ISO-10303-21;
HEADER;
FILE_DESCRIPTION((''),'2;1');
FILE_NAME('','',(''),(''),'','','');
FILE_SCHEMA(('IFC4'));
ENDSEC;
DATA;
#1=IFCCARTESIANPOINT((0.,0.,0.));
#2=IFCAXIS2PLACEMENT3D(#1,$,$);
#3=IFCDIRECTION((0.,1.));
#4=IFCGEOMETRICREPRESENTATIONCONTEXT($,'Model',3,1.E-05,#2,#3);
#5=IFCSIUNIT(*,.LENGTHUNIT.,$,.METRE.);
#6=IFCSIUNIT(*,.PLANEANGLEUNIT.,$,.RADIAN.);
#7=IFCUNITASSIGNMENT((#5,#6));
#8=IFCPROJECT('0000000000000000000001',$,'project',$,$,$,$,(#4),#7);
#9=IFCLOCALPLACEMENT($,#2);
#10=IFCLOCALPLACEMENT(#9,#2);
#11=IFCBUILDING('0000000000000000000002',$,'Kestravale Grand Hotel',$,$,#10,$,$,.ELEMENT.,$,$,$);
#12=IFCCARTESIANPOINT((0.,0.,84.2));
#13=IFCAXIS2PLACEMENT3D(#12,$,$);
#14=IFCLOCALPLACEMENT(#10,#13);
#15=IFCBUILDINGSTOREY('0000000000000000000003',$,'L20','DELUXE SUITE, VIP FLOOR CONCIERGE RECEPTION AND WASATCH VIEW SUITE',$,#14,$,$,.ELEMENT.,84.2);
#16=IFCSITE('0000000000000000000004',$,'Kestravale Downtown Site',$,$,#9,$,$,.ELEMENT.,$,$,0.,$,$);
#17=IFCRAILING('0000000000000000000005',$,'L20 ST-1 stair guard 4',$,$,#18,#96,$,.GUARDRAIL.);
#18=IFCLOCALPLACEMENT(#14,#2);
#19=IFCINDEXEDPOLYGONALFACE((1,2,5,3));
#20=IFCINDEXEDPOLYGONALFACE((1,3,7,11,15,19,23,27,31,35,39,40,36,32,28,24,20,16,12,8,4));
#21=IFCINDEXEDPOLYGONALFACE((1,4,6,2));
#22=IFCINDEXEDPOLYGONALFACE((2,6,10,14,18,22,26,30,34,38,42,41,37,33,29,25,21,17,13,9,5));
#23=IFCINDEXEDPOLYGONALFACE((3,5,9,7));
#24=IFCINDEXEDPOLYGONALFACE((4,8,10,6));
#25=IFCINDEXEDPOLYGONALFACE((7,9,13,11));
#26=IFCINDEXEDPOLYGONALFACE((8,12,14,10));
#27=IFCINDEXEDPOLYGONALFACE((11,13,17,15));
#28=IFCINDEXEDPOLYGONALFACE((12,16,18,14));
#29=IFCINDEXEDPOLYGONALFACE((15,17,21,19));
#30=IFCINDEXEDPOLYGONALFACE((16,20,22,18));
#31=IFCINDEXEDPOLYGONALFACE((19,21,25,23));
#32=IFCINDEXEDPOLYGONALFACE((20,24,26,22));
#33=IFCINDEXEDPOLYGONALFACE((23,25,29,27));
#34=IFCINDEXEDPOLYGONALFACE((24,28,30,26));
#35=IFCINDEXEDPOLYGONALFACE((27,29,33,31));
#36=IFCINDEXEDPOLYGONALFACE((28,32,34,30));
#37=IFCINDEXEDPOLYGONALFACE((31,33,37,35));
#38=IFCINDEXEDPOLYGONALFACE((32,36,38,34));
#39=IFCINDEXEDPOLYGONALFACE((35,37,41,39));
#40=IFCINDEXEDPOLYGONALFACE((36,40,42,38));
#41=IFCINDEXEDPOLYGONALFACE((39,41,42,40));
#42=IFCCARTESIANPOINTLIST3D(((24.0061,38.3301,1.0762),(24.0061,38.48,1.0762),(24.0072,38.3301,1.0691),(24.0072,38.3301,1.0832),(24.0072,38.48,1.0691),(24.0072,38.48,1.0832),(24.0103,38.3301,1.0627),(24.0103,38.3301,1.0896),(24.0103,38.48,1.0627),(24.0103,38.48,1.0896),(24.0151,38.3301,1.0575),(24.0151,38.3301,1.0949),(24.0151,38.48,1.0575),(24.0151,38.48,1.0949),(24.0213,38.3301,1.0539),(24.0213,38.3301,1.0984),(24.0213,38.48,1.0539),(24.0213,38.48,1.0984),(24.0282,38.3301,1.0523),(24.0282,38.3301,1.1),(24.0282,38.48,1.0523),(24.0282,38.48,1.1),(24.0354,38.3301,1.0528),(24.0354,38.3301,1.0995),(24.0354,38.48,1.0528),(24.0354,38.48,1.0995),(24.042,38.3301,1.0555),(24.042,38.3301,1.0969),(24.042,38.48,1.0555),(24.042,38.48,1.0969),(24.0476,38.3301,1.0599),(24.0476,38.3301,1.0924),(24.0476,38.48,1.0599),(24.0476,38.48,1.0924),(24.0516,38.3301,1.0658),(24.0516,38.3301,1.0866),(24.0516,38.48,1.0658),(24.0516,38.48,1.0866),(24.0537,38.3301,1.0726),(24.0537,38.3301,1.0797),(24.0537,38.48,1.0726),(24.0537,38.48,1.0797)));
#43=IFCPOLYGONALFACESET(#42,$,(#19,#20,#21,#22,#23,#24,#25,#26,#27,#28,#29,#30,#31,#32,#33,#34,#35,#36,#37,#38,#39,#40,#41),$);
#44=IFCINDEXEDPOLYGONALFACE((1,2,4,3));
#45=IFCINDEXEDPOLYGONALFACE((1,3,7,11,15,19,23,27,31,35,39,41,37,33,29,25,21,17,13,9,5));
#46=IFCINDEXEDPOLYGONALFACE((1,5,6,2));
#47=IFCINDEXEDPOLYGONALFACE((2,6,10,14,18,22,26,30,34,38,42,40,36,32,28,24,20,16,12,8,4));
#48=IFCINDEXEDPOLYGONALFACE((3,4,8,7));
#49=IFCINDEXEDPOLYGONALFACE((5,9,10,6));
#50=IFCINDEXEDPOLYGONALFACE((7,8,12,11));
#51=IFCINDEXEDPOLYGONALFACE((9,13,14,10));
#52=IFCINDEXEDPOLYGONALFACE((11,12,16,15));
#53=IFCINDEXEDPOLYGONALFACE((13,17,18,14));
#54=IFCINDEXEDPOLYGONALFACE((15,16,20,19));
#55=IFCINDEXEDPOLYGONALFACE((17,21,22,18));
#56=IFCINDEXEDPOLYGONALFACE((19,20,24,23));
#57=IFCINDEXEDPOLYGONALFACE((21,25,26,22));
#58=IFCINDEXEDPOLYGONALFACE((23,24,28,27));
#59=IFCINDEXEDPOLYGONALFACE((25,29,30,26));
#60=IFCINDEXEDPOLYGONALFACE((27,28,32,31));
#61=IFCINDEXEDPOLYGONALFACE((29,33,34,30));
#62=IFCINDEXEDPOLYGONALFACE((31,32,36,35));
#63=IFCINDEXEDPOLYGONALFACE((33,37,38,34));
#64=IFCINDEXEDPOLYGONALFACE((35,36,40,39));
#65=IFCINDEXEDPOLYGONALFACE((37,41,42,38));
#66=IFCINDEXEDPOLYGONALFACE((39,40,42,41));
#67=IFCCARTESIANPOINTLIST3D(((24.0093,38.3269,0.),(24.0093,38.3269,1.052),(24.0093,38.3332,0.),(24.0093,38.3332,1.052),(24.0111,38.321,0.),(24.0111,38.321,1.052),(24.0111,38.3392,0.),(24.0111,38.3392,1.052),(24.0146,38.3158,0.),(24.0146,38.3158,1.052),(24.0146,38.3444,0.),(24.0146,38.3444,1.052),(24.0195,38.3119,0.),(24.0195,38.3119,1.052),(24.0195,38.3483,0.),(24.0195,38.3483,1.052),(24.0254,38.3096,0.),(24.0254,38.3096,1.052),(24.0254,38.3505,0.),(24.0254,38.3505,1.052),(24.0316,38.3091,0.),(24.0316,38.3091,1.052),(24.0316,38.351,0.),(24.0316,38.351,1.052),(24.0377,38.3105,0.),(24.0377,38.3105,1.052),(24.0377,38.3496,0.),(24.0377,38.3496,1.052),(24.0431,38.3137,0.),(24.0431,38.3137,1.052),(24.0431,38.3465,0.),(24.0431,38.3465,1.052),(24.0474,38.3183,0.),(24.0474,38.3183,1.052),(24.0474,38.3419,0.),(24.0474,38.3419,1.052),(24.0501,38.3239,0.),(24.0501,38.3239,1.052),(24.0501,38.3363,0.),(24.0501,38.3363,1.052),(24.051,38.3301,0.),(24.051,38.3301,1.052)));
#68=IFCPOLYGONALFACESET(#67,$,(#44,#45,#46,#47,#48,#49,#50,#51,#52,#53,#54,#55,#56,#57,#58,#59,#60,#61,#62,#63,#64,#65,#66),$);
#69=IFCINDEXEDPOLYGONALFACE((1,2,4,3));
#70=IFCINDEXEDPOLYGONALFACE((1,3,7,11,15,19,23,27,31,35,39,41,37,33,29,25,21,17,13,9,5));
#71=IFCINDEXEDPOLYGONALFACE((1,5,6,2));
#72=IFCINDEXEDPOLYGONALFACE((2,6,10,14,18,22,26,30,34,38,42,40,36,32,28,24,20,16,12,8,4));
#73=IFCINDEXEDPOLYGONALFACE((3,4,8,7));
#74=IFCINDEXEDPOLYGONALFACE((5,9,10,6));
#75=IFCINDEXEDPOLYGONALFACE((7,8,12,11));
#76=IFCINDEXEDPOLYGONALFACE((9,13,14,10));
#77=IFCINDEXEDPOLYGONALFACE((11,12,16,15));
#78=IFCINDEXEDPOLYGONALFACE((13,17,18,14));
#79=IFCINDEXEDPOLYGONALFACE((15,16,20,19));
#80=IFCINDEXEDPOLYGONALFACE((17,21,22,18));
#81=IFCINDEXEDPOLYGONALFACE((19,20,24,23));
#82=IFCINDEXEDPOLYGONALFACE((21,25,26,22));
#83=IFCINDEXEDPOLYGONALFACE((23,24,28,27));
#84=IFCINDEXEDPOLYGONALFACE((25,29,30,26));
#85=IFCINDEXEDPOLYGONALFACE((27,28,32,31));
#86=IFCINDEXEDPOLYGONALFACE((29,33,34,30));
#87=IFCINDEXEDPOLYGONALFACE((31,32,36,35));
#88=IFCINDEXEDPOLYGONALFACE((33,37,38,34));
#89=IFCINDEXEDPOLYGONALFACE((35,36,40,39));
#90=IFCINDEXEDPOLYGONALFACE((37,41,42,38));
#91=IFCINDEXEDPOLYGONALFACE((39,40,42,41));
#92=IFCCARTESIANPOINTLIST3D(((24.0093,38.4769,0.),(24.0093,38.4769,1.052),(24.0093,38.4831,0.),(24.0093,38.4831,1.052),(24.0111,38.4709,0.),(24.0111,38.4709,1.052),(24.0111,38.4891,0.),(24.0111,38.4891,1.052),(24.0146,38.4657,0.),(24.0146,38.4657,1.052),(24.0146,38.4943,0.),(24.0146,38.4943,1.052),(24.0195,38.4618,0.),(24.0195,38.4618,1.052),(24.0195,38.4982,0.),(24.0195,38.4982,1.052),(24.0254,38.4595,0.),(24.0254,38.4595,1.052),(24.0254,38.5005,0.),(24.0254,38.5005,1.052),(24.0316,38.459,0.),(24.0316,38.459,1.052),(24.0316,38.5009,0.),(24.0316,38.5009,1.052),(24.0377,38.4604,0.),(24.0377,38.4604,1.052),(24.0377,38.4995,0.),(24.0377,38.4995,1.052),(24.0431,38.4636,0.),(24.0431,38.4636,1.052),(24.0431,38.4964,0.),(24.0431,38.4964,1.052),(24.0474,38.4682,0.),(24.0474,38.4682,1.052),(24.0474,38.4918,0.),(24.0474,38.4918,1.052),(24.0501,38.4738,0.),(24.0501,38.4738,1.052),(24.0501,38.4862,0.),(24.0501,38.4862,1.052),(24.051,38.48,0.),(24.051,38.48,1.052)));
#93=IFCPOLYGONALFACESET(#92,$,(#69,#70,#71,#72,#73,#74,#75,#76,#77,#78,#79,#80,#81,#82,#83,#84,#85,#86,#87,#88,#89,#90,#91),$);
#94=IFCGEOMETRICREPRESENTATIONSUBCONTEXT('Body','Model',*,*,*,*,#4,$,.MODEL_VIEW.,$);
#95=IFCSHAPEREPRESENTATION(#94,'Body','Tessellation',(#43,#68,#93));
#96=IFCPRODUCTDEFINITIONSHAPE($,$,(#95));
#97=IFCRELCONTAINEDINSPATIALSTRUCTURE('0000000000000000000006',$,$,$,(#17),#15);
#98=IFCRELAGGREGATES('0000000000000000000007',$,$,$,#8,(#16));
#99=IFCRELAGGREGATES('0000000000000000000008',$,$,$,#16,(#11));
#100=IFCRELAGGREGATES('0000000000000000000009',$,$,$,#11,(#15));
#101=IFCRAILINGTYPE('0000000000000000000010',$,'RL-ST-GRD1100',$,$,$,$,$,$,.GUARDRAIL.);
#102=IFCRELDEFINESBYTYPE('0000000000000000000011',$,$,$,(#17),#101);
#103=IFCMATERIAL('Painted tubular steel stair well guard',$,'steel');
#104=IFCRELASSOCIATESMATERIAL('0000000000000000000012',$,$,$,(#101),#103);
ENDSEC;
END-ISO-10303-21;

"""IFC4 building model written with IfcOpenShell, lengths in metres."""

from ifc_helpers import new_model, si_unit, direction, frame, origin, origin_2d, place, context, subcontext, project, spatial, circle, extrude, material, type_object, element, save


model = new_model("IFC4")

# Units and contexts
model_context = context("Model", 3, precision=1e-05, world=origin(), true_north=direction((0.0, 1.0)))
body_context = subcontext(model_context, "Body", "Model", "MODEL_VIEW")
ifc_project = project(units=[si_unit("LENGTHUNIT", "METRE"), si_unit("PLANEANGLEUNIT", "RADIAN")], contexts=[model_context])

# Site, building, storey
site_placement = place(None, origin())
site = spatial("IfcSite", under=ifc_project, at=site_placement, Name="Kestravale Downtown Site", CompositionType="ELEMENT", RefElevation=0.0)
building_placement = place(site_placement, origin())
building = spatial("IfcBuilding", under=site, at=building_placement, Name="Kestravale Grand Hotel", CompositionType="ELEMENT")
storey_placement = place(building_placement, frame((0.0, 0.0, 84.2)))
storey = spatial("IfcBuildingStorey", under=building, at=storey_placement, Name="L20", Description="DELUXE SUITE, VIP FLOOR CONCIERGE RECEPTION AND WASATCH VIEW SUITE", CompositionType="ELEMENT", Elevation=84.2)

# Railing
ifc_material_1 = material(Name="Painted tubular steel stair well guard", Category="steel")
railing_type_1 = type_object("IfcRailingType", Name="RL-ST-GRD1100", PredefinedType="GUARDRAIL", material=ifc_material_1)
railing_1_placement = place(storey_placement, frame((24.03, 38.3301, 0.0)))
element("IfcRailing", 1, at=railing_1_placement, inside=storey, type_object=railing_type_1, Name="L20 ST-1 stair guard 4", PredefinedType="GUARDRAIL", context=body_context, shape_type="SweptSolid", body=[
    extrude(circle(Radius=0.0239, at=origin_2d()), frame((0.0, 0.0, 1.0762), z_axis=(0.0, 1.0, 0.0), x_axis=(-1.0, 0.0, 0.0)), (0.0, 0.0, 1.0), 0.1499),
    extrude(circle(Radius=0.021, at=origin_2d()), origin(), (0.0, 0.0, 1.0), 1.052),
    extrude(circle(Radius=0.021, at=origin_2d()), frame((0.0, 0.1499, 0.0)), (0.0, 0.0, 1.0), 1.052),
])

save(model, "model.ifc")
